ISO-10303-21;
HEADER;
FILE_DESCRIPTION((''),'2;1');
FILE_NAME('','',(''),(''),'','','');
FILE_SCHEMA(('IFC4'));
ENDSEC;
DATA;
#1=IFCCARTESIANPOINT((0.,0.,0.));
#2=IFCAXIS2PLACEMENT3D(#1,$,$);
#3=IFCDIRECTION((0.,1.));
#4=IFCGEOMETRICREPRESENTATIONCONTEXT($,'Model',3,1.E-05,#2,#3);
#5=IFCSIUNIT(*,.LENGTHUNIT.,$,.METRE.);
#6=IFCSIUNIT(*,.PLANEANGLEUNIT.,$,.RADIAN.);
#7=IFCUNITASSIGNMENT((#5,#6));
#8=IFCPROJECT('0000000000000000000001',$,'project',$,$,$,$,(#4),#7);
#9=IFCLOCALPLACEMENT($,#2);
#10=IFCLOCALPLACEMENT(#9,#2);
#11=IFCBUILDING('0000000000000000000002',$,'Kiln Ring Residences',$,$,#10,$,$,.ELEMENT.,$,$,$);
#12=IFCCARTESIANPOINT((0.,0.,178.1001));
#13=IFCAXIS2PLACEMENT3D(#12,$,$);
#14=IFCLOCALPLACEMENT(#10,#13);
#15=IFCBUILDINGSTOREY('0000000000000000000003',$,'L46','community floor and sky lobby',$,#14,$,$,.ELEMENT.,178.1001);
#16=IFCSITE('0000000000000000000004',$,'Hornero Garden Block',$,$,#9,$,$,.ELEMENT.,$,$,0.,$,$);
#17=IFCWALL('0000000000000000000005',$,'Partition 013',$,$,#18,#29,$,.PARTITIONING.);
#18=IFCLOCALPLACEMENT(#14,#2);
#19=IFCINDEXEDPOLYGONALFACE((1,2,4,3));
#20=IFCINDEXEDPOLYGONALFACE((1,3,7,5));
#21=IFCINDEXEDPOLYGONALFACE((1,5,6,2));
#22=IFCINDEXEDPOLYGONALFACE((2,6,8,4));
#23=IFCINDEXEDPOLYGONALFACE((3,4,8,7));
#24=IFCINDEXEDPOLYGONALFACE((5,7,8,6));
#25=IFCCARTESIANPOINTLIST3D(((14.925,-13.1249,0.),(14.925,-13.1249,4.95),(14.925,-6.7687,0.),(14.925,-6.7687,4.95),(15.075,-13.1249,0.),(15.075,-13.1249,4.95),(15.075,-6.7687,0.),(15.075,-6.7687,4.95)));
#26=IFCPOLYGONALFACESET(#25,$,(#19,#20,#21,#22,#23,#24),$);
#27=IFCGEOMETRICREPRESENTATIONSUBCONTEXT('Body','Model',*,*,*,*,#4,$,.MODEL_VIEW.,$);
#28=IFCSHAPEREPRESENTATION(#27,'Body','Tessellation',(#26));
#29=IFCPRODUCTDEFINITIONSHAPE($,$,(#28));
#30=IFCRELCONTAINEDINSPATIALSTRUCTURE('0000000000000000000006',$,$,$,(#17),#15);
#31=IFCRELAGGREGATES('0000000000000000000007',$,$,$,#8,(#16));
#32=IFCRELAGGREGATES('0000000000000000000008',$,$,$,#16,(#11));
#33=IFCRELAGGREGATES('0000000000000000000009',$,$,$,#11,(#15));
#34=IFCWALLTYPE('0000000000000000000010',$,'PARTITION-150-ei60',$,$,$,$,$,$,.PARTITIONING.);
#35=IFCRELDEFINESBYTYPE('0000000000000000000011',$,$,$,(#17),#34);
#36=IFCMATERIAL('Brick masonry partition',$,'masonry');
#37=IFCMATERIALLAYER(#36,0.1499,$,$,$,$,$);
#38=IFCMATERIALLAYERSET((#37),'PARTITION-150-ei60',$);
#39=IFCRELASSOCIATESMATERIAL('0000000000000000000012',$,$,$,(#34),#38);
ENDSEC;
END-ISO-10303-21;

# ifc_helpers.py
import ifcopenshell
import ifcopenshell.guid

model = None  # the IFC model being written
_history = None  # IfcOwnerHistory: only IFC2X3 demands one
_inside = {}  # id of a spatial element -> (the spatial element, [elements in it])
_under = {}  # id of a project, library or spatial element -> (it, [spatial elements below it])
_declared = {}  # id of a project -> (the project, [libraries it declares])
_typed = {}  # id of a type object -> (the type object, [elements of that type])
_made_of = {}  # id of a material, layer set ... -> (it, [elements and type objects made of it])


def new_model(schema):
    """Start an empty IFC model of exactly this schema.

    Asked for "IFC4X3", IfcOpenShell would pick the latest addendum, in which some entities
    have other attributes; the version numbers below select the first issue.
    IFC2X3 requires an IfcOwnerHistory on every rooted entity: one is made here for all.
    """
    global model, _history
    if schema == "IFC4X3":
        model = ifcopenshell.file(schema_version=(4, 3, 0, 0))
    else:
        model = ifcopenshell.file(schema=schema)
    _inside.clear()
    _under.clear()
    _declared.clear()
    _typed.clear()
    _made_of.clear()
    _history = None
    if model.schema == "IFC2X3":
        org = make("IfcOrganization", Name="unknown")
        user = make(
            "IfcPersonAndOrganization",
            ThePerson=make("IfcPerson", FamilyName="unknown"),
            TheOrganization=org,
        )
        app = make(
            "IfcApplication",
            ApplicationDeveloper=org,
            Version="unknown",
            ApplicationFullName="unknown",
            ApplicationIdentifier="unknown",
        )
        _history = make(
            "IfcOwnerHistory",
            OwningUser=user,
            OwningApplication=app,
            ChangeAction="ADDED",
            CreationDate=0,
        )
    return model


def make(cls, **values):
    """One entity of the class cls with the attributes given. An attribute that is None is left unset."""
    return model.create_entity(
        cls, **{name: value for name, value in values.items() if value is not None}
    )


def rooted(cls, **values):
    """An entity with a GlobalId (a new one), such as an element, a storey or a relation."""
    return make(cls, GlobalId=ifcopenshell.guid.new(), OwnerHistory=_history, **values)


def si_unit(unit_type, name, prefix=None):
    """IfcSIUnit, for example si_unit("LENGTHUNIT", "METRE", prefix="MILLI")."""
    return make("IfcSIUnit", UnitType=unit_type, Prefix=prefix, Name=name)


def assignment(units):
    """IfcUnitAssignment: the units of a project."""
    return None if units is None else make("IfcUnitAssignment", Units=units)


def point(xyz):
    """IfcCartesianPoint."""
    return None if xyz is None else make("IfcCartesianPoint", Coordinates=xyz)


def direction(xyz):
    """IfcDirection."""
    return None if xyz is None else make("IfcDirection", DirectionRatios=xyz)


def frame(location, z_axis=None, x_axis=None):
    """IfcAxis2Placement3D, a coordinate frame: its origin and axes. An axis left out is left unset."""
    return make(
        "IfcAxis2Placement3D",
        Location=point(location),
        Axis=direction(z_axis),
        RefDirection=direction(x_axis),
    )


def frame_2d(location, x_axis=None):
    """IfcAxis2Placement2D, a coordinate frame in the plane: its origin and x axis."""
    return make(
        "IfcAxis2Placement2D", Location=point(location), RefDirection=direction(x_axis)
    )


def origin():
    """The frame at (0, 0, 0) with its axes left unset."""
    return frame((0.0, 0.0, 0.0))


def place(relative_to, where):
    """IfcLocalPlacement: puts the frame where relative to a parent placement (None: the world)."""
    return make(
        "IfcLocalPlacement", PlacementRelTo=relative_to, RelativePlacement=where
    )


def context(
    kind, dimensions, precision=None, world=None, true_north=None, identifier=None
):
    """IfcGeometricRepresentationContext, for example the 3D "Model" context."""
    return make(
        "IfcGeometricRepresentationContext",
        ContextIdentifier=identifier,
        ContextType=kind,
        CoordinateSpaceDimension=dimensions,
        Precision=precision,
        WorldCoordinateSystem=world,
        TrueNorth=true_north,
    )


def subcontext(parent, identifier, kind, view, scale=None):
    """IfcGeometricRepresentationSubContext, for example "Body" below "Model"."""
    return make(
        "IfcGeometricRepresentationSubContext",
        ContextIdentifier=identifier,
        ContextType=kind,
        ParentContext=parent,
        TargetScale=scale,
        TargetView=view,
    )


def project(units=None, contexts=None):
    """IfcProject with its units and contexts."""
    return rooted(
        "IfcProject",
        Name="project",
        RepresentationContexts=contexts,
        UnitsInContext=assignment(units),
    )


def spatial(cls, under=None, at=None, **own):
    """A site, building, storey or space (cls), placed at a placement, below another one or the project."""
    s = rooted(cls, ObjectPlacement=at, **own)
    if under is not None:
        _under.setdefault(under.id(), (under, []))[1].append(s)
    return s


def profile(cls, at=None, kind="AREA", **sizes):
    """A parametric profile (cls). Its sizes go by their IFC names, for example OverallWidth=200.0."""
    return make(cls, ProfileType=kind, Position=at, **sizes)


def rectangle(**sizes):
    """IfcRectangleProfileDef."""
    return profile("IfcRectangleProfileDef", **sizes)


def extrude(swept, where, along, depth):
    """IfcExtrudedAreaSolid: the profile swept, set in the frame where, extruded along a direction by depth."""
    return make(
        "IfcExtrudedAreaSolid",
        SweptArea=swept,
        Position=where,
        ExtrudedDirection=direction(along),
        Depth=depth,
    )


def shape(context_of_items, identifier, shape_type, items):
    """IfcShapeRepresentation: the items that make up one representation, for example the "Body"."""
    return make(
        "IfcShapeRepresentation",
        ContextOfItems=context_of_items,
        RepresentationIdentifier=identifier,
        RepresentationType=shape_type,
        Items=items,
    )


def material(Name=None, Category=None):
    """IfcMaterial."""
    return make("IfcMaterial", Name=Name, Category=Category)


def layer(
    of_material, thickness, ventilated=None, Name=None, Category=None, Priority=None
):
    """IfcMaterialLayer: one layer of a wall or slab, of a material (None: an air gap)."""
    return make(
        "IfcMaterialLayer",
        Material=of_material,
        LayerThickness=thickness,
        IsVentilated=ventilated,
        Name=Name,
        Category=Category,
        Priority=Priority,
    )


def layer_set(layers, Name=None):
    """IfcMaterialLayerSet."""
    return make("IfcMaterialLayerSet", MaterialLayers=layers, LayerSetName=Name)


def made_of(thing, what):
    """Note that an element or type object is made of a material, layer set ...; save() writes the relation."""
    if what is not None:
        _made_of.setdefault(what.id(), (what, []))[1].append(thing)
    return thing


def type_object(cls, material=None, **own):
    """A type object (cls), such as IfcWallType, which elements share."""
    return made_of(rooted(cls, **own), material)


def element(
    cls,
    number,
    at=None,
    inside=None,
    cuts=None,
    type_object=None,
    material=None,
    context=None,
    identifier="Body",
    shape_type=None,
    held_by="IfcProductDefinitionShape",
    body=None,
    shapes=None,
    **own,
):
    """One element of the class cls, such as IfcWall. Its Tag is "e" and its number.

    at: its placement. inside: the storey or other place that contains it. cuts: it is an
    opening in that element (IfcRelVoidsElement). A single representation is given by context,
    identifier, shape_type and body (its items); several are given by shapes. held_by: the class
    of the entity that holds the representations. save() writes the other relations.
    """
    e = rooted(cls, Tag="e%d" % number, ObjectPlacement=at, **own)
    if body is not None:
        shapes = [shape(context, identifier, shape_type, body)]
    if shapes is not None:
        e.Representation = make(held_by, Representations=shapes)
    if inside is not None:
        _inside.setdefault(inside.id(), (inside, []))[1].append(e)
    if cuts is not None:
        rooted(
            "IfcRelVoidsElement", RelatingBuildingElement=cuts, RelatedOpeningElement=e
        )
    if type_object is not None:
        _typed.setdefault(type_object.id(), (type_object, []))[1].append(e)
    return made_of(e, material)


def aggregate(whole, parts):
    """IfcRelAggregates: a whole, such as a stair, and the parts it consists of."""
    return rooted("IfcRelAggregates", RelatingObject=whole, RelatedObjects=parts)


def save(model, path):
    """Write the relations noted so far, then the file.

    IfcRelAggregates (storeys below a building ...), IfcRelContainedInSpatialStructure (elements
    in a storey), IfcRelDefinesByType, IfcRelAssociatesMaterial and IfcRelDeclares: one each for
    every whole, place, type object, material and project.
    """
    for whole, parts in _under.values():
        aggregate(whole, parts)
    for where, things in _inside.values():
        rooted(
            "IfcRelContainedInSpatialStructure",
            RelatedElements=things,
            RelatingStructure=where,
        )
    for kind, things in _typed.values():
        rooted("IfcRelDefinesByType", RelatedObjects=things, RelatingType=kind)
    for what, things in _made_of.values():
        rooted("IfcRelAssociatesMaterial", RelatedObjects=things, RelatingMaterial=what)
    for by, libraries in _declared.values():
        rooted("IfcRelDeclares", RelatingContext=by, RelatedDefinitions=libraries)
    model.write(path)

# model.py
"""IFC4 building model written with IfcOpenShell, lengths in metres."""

from ifc_helpers import new_model, si_unit, direction, frame, frame_2d, origin, place, context, subcontext, project, spatial, rectangle, extrude, material, layer, layer_set, type_object, element, save


model = new_model("IFC4")

# Units and contexts
model_context = context("Model", 3, precision=1e-05, world=origin(), true_north=direction((0.0, 1.0)))
body_context = subcontext(model_context, "Body", "Model", "MODEL_VIEW")
ifc_project = project(units=[si_unit("LENGTHUNIT", "METRE"), si_unit("PLANEANGLEUNIT", "RADIAN")], contexts=[model_context])

# Site, building, storey
site_placement = place(None, origin())
site = spatial("IfcSite", under=ifc_project, at=site_placement, Name="Hornero Garden Block", CompositionType="ELEMENT", RefElevation=0.0)
building_placement = place(site_placement, origin())
building = spatial("IfcBuilding", under=site, at=building_placement, Name="Kiln Ring Residences", CompositionType="ELEMENT")
storey_placement = place(building_placement, frame((0.0, 0.0, 178.1001)))
storey = spatial("IfcBuildingStorey", under=building, at=storey_placement, Name="L46", Description="community floor and sky lobby", CompositionType="ELEMENT", Elevation=178.1001)

# Wall
ifc_material_1 = material(Name="Brick masonry partition", Category="masonry")
ifc_layer_1 = layer(ifc_material_1, 0.1499)
ifc_layer_set_1 = layer_set([ifc_layer_1], Name="PARTITION-150-ei60")
wall_type_1 = type_object("IfcWallType", Name="PARTITION-150-ei60", PredefinedType="PARTITIONING", material=ifc_layer_set_1)
wall_1_placement = place(storey_placement, frame((15.0, -13.125, 0.0), z_axis=(0.0, 0.0, 1.0), x_axis=(0.0, 1.0, 0.0)))
element("IfcWall", 1, at=wall_1_placement, inside=storey, type_object=wall_type_1, Name="Partition 013", PredefinedType="PARTITIONING", context=body_context, shape_type="SweptSolid", body=[
    extrude(rectangle(XDim=6.3562, YDim=0.1499, at=frame_2d((3.1782, 0.0))), origin(), (0.0, 0.0, 1.0), 4.95),
])

save(model, "model.ifc")
